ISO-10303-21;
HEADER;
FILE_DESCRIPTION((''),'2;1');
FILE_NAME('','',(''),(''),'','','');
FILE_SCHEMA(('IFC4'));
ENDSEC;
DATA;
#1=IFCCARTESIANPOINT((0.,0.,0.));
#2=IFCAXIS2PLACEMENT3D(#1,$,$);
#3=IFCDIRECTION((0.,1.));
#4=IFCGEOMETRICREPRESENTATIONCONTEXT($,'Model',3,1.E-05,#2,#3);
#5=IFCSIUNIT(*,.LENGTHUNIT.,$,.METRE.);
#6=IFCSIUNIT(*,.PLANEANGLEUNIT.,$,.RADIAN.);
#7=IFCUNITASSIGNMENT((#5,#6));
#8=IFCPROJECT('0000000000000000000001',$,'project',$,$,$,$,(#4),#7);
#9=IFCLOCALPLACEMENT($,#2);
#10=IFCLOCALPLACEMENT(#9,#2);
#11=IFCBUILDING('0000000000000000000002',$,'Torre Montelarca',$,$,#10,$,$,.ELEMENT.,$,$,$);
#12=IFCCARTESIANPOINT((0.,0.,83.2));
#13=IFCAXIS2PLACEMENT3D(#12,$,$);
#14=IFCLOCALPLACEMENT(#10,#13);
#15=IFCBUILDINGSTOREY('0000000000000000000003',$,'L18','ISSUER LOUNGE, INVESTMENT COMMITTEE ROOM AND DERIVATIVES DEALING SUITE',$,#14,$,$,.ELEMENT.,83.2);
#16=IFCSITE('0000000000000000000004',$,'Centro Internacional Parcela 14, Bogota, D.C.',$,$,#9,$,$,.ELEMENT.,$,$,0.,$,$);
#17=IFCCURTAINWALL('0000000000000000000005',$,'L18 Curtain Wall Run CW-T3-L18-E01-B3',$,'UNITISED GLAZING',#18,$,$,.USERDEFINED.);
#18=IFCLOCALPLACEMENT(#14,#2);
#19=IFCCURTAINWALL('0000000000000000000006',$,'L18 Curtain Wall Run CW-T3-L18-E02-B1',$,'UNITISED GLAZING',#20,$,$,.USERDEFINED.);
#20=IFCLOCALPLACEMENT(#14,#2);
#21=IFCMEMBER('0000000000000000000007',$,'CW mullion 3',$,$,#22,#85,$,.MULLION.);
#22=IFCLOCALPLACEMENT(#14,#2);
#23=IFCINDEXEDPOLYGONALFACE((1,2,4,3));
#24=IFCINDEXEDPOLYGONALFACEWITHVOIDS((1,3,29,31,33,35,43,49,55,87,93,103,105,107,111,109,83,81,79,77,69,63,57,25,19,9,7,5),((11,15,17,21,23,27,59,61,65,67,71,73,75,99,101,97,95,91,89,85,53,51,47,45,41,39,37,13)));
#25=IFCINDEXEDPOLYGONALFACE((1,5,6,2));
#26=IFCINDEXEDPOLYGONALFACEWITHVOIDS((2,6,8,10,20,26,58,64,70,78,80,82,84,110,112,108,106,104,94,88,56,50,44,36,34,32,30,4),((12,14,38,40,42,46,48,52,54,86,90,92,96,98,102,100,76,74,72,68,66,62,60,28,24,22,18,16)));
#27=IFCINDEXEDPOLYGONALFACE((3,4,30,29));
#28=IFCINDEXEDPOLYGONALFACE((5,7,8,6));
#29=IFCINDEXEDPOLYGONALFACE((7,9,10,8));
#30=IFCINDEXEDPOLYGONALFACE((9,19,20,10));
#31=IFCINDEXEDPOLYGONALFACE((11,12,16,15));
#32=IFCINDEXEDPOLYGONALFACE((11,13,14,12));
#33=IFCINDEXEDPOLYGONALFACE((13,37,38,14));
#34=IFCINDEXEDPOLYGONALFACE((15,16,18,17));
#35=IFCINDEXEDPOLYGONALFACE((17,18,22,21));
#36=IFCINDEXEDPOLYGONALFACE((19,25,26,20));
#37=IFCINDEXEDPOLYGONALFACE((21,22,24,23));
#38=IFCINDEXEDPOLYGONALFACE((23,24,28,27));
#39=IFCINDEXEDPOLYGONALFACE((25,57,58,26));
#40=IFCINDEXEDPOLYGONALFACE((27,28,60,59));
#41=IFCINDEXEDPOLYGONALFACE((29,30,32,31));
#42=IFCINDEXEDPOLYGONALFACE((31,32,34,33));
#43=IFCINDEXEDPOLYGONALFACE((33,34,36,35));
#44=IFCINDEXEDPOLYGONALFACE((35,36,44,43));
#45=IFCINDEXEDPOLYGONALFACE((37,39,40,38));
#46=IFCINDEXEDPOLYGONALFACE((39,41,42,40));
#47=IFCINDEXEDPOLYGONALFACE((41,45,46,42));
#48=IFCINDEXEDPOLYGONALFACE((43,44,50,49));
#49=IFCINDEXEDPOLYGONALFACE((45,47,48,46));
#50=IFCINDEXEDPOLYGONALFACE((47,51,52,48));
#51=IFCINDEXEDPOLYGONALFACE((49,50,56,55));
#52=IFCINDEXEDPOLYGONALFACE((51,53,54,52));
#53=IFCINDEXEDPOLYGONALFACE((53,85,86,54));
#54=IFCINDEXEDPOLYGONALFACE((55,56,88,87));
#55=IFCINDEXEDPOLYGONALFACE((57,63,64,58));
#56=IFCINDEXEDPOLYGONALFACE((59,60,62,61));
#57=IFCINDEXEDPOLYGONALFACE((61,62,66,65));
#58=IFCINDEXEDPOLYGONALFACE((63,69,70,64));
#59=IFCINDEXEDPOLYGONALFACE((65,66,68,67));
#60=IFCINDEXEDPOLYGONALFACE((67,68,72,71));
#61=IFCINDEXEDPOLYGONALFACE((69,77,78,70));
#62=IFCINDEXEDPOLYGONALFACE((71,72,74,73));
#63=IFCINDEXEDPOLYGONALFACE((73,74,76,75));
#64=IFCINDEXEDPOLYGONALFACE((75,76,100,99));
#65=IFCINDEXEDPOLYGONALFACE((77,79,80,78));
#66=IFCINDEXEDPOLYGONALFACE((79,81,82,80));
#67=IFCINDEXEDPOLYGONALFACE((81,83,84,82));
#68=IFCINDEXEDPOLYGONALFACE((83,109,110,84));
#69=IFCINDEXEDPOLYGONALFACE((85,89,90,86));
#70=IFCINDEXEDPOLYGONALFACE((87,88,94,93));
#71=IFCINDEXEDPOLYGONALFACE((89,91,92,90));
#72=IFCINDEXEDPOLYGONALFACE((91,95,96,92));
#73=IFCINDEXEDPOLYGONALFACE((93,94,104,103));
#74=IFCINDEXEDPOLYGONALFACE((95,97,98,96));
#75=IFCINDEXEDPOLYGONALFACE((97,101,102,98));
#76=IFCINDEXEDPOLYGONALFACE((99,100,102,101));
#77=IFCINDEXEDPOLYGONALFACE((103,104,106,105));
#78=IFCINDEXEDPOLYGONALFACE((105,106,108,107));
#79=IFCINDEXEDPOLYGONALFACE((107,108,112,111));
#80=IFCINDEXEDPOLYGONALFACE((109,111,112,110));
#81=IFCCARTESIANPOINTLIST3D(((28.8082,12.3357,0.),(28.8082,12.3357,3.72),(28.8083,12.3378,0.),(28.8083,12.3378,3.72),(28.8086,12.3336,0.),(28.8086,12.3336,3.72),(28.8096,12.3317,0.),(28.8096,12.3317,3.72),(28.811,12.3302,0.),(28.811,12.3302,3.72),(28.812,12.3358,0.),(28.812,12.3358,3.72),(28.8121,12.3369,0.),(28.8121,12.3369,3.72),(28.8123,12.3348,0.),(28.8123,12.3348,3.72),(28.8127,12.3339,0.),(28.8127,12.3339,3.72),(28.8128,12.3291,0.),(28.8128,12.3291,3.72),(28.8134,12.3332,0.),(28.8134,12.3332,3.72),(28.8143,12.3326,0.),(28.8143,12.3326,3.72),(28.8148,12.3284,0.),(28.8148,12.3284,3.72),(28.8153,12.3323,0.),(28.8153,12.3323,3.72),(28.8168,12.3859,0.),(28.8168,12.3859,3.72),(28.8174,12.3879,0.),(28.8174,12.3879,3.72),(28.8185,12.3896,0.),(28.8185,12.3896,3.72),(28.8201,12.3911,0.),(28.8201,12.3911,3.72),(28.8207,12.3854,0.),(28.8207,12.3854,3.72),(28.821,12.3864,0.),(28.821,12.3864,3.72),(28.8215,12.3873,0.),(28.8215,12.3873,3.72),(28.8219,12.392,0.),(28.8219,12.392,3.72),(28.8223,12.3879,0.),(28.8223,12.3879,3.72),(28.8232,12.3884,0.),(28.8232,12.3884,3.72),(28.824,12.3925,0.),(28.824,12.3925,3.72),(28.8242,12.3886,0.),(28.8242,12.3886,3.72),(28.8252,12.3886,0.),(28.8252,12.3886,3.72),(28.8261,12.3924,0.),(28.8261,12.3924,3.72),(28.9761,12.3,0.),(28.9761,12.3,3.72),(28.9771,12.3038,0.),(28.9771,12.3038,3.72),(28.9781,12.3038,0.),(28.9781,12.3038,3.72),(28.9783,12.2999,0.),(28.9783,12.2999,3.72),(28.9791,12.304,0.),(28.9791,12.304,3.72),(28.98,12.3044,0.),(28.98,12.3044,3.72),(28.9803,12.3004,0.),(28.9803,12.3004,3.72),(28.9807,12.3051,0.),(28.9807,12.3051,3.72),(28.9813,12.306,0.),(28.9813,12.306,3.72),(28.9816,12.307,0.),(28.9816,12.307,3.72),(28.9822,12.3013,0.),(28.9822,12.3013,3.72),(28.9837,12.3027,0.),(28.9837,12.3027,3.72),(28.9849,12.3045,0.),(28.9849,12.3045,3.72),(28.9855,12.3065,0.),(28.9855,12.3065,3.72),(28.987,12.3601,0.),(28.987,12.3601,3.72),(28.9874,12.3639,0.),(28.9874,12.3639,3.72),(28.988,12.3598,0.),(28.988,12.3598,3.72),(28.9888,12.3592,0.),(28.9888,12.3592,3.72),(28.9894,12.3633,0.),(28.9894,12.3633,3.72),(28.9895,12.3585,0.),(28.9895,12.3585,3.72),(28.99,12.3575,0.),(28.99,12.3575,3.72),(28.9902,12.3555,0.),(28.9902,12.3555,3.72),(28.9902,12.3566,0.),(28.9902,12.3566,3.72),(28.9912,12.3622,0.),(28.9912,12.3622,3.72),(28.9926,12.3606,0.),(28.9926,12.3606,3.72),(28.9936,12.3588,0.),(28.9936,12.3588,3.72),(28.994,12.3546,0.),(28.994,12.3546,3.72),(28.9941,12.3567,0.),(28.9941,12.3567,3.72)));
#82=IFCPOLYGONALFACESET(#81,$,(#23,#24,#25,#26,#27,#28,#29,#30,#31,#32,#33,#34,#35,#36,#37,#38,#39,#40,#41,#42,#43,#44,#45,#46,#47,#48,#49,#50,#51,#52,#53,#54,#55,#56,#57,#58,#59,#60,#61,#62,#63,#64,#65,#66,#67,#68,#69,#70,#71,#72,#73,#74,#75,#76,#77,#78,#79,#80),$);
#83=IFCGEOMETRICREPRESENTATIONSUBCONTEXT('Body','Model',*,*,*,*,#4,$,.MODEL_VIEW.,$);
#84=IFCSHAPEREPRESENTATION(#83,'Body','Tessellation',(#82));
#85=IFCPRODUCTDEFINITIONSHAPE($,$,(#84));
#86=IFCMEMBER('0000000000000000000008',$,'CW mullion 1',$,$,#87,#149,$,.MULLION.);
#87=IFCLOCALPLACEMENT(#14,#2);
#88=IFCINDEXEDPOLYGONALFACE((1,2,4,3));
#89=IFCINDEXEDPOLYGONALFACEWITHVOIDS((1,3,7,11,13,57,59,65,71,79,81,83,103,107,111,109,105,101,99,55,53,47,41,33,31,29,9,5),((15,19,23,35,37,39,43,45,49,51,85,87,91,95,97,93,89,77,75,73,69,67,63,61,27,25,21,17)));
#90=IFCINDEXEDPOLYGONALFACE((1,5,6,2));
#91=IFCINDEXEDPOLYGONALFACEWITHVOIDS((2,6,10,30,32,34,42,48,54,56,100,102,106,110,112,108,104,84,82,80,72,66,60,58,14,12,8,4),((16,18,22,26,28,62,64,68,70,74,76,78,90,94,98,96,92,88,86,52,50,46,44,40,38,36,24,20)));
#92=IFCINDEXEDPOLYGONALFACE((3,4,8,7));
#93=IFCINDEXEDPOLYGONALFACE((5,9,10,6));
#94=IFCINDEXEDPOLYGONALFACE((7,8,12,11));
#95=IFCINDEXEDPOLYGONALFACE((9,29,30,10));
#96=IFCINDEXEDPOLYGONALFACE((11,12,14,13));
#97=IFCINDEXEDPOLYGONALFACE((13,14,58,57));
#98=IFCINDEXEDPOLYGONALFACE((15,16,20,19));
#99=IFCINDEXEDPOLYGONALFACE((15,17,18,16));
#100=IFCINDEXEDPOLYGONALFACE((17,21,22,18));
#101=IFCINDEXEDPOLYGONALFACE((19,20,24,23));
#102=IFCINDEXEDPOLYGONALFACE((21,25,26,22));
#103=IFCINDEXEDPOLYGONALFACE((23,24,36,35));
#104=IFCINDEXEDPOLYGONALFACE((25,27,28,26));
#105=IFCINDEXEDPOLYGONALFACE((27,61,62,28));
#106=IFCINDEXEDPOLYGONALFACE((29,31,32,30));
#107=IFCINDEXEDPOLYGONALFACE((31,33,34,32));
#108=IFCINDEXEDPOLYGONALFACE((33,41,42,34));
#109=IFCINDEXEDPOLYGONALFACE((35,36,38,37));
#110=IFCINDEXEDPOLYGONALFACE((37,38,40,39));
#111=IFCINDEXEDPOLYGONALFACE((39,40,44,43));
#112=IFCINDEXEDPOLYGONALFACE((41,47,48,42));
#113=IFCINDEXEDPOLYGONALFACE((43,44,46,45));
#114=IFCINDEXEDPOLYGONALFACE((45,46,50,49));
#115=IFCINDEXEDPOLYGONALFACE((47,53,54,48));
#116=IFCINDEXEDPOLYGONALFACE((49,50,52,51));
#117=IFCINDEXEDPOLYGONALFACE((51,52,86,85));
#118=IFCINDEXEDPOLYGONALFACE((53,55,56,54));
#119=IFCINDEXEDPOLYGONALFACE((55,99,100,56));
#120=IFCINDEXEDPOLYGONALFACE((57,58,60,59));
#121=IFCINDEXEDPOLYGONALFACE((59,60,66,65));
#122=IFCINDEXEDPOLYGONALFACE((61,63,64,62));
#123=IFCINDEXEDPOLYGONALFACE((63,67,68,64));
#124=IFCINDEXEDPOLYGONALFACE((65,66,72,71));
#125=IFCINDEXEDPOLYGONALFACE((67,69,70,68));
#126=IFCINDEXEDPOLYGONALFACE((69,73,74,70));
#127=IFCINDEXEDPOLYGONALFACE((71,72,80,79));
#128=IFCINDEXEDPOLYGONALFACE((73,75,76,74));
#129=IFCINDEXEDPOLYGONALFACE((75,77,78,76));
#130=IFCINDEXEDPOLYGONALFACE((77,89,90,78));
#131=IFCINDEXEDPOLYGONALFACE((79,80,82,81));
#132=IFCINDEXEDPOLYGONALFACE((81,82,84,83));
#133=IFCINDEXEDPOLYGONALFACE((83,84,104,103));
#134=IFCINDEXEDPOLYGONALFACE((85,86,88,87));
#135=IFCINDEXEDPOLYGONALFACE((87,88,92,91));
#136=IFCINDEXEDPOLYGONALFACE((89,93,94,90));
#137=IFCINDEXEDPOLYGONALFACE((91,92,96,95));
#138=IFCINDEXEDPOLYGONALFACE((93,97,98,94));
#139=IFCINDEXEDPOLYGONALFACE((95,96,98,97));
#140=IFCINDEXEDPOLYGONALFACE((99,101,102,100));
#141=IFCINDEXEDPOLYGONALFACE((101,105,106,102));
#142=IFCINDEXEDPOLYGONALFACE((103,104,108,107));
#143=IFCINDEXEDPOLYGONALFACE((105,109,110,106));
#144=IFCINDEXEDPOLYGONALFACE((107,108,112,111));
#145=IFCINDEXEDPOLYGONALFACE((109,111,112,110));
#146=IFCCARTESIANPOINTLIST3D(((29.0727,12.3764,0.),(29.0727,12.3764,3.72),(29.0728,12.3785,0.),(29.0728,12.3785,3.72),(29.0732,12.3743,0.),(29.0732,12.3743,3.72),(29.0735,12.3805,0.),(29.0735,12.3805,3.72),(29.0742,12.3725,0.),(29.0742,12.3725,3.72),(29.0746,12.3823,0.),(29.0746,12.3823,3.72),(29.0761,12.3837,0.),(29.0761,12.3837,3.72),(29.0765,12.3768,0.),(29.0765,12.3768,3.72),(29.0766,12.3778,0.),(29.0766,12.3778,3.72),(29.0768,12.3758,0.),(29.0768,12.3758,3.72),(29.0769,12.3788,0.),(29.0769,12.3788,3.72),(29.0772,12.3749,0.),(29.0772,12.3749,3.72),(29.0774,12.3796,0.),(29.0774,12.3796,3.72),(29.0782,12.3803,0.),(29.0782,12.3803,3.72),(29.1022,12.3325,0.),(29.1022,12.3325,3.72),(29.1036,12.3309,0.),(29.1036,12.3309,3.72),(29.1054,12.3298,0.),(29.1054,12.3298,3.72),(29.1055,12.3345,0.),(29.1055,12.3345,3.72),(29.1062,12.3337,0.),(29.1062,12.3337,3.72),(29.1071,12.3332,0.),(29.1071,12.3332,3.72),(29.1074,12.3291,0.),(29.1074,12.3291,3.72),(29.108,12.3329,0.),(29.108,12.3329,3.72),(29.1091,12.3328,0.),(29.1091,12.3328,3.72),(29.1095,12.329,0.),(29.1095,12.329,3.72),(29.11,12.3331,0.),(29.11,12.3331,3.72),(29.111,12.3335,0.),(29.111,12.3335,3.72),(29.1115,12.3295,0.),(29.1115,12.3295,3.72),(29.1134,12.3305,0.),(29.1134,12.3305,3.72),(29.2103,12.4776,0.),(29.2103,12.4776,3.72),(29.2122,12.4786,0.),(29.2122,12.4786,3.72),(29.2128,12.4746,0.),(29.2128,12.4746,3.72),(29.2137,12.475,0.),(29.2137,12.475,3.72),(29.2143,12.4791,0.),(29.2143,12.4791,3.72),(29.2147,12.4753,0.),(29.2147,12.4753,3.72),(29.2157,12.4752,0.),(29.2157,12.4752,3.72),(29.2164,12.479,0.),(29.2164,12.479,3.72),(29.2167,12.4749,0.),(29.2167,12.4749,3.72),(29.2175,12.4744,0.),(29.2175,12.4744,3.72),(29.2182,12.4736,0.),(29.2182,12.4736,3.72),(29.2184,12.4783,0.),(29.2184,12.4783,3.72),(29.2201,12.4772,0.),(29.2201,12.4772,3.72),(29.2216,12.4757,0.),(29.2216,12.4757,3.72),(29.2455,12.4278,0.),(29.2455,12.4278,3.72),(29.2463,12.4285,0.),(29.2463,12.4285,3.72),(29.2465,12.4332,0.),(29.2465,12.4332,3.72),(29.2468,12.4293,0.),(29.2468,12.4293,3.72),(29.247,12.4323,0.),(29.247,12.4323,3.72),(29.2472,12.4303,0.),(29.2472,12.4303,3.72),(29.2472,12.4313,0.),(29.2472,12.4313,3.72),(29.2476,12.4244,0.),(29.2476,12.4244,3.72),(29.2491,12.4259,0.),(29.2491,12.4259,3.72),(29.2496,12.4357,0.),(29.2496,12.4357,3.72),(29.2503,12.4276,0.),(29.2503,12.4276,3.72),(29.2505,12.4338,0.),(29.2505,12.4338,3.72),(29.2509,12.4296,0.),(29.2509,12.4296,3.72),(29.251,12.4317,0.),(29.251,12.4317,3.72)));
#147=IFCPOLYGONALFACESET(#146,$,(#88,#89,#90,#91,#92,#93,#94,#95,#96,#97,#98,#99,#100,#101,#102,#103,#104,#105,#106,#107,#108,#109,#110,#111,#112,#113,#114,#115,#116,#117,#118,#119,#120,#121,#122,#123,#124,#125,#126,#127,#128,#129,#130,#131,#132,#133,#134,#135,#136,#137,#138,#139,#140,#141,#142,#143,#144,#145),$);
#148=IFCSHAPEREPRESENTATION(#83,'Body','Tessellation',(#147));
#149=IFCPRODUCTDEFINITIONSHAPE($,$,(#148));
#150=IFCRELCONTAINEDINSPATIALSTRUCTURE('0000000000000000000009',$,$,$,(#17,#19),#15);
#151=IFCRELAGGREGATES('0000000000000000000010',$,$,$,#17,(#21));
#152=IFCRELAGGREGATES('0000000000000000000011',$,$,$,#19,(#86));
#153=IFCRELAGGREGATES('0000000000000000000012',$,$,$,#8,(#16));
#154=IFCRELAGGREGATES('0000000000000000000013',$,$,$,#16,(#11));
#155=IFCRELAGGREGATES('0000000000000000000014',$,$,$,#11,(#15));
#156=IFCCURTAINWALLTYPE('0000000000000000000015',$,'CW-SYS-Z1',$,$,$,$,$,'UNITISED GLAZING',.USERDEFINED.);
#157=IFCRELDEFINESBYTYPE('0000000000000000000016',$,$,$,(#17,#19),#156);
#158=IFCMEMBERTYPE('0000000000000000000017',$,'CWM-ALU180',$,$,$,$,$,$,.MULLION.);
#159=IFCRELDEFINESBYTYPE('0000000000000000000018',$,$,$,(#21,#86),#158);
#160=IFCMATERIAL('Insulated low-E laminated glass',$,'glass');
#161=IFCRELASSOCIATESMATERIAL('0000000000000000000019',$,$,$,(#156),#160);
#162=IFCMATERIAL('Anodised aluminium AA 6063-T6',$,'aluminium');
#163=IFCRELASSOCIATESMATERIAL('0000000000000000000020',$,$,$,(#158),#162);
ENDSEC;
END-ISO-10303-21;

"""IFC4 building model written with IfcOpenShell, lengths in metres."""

from ifc_helpers import new_model, si_unit, direction, frame, origin, origin_2d, place, context, subcontext, project, spatial, hollow_rectangle, extrude, source, transform, mapped, material, material_profile, profile_set, type_object, element, aggregate, save


model = new_model("IFC4")

# Units and contexts
model_context = context("Model", 3, precision=1e-05, world=origin(), true_north=direction((0.0, 1.0)))
body_context = subcontext(model_context, "Body", "Model", "MODEL_VIEW")
ifc_project = project(units=[si_unit("LENGTHUNIT", "METRE"), si_unit("PLANEANGLEUNIT", "RADIAN")], contexts=[model_context])

# Site, building, storey
site_placement = place(None, origin())
site = spatial("IfcSite", under=ifc_project, at=site_placement, Name="Centro Internacional Parcela 14, Bogota, D.C.", CompositionType="ELEMENT", RefElevation=0.0)
building_placement = place(site_placement, origin())
building = spatial("IfcBuilding", under=site, at=building_placement, Name="Torre Montelarca", CompositionType="ELEMENT")
storey_placement = place(building_placement, frame((0.0, 0.0, 83.2)))
storey = spatial("IfcBuildingStorey", under=building, at=storey_placement, Name="L18", Description="ISSUER LOUNGE, INVESTMENT COMMITTEE ROOM AND DERIVATIVES DEALING SUITE", CompositionType="ELEMENT", Elevation=83.2)

# Curtain walls
ifc_material_1 = material(Name="Insulated low-E laminated glass", Category="glass")
curtain_wall_type = type_object("IfcCurtainWallType", Name="CW-SYS-Z1", ElementType="UNITISED GLAZING", PredefinedType="USERDEFINED", material=ifc_material_1)
curtain_wall_1_placement = place(storey_placement, origin())
curtain_wall_1 = element("IfcCurtainWall", 1, at=curtain_wall_1_placement, inside=storey, type_object=curtain_wall_type, Name="L18 Curtain Wall Run CW-T3-L18-E01-B3", ObjectType="UNITISED GLAZING", PredefinedType="USERDEFINED")
ifc_material_2 = material(Name="Anodised aluminium AA 6063-T6", Category="aluminium")
curtain_wall_2_placement = place(storey_placement, origin())
curtain_wall_2 = element("IfcCurtainWall", 2, at=curtain_wall_2_placement, inside=storey, type_object=curtain_wall_type, Name="L18 Curtain Wall Run CW-T3-L18-E02-B1", ObjectType="UNITISED GLAZING", PredefinedType="USERDEFINED")

# Members
ifc_material_profile_1 = material_profile(ifc_material_2, hollow_rectangle(XDim=0.0649, YDim=0.1799, WallThickness=0.0039, InnerFilletRadius=0.0039, OuterFilletRadius=0.0081, at=origin_2d()), Name="ALU65X180X4", Category="aluminium")
ifc_profile_set_1 = profile_set([ifc_material_profile_1], Name="Anodised aluminium AA 6063-T6")
member_type_1 = type_object("IfcMemberType", Name="CWM-ALU180", PredefinedType="MULLION", material=ifc_profile_set_1)
shared_shape_1 = source(origin(), body_context, "Body", "SweptSolid", [
    extrude(hollow_rectangle(XDim=0.0649, YDim=0.1799, WallThickness=0.0039, InnerFilletRadius=0.0039, OuterFilletRadius=0.0081, at=origin_2d()), origin(), (0.0, 0.0, 1.0), 3.72),
])
member_1_placement = place(storey_placement, frame((28.9011, 12.3462, 0.0), z_axis=(0.0, 0.0, 1.0), x_axis=(0.173642, 0.984809, 0.0)))
member_1 = element("IfcMember", 3, at=member_1_placement, type_object=member_type_1, Name="CW mullion 3", PredefinedType="MULLION", context=body_context, shape_type="MappedRepresentation", body=[
    mapped(shared_shape_1, transform((0.0, 0.0, 0.0), scale=1.0)),
])
member_2_placement = place(storey_placement, frame((29.1619, 12.4041, 0.0), z_axis=(0.0, 0.0, 1.0), x_axis=(-0.573561, 0.819163, 0.0)))
member_2 = element("IfcMember", 4, at=member_2_placement, type_object=member_type_1, Name="CW mullion 1", PredefinedType="MULLION", context=body_context, shape_type="MappedRepresentation", body=[
    mapped(shared_shape_1, transform((0.0, 0.0, 0.0), scale=1.0)),
])

aggregate(curtain_wall_1, [member_1])
aggregate(curtain_wall_2, [member_2])

save(model, "model.ifc")
